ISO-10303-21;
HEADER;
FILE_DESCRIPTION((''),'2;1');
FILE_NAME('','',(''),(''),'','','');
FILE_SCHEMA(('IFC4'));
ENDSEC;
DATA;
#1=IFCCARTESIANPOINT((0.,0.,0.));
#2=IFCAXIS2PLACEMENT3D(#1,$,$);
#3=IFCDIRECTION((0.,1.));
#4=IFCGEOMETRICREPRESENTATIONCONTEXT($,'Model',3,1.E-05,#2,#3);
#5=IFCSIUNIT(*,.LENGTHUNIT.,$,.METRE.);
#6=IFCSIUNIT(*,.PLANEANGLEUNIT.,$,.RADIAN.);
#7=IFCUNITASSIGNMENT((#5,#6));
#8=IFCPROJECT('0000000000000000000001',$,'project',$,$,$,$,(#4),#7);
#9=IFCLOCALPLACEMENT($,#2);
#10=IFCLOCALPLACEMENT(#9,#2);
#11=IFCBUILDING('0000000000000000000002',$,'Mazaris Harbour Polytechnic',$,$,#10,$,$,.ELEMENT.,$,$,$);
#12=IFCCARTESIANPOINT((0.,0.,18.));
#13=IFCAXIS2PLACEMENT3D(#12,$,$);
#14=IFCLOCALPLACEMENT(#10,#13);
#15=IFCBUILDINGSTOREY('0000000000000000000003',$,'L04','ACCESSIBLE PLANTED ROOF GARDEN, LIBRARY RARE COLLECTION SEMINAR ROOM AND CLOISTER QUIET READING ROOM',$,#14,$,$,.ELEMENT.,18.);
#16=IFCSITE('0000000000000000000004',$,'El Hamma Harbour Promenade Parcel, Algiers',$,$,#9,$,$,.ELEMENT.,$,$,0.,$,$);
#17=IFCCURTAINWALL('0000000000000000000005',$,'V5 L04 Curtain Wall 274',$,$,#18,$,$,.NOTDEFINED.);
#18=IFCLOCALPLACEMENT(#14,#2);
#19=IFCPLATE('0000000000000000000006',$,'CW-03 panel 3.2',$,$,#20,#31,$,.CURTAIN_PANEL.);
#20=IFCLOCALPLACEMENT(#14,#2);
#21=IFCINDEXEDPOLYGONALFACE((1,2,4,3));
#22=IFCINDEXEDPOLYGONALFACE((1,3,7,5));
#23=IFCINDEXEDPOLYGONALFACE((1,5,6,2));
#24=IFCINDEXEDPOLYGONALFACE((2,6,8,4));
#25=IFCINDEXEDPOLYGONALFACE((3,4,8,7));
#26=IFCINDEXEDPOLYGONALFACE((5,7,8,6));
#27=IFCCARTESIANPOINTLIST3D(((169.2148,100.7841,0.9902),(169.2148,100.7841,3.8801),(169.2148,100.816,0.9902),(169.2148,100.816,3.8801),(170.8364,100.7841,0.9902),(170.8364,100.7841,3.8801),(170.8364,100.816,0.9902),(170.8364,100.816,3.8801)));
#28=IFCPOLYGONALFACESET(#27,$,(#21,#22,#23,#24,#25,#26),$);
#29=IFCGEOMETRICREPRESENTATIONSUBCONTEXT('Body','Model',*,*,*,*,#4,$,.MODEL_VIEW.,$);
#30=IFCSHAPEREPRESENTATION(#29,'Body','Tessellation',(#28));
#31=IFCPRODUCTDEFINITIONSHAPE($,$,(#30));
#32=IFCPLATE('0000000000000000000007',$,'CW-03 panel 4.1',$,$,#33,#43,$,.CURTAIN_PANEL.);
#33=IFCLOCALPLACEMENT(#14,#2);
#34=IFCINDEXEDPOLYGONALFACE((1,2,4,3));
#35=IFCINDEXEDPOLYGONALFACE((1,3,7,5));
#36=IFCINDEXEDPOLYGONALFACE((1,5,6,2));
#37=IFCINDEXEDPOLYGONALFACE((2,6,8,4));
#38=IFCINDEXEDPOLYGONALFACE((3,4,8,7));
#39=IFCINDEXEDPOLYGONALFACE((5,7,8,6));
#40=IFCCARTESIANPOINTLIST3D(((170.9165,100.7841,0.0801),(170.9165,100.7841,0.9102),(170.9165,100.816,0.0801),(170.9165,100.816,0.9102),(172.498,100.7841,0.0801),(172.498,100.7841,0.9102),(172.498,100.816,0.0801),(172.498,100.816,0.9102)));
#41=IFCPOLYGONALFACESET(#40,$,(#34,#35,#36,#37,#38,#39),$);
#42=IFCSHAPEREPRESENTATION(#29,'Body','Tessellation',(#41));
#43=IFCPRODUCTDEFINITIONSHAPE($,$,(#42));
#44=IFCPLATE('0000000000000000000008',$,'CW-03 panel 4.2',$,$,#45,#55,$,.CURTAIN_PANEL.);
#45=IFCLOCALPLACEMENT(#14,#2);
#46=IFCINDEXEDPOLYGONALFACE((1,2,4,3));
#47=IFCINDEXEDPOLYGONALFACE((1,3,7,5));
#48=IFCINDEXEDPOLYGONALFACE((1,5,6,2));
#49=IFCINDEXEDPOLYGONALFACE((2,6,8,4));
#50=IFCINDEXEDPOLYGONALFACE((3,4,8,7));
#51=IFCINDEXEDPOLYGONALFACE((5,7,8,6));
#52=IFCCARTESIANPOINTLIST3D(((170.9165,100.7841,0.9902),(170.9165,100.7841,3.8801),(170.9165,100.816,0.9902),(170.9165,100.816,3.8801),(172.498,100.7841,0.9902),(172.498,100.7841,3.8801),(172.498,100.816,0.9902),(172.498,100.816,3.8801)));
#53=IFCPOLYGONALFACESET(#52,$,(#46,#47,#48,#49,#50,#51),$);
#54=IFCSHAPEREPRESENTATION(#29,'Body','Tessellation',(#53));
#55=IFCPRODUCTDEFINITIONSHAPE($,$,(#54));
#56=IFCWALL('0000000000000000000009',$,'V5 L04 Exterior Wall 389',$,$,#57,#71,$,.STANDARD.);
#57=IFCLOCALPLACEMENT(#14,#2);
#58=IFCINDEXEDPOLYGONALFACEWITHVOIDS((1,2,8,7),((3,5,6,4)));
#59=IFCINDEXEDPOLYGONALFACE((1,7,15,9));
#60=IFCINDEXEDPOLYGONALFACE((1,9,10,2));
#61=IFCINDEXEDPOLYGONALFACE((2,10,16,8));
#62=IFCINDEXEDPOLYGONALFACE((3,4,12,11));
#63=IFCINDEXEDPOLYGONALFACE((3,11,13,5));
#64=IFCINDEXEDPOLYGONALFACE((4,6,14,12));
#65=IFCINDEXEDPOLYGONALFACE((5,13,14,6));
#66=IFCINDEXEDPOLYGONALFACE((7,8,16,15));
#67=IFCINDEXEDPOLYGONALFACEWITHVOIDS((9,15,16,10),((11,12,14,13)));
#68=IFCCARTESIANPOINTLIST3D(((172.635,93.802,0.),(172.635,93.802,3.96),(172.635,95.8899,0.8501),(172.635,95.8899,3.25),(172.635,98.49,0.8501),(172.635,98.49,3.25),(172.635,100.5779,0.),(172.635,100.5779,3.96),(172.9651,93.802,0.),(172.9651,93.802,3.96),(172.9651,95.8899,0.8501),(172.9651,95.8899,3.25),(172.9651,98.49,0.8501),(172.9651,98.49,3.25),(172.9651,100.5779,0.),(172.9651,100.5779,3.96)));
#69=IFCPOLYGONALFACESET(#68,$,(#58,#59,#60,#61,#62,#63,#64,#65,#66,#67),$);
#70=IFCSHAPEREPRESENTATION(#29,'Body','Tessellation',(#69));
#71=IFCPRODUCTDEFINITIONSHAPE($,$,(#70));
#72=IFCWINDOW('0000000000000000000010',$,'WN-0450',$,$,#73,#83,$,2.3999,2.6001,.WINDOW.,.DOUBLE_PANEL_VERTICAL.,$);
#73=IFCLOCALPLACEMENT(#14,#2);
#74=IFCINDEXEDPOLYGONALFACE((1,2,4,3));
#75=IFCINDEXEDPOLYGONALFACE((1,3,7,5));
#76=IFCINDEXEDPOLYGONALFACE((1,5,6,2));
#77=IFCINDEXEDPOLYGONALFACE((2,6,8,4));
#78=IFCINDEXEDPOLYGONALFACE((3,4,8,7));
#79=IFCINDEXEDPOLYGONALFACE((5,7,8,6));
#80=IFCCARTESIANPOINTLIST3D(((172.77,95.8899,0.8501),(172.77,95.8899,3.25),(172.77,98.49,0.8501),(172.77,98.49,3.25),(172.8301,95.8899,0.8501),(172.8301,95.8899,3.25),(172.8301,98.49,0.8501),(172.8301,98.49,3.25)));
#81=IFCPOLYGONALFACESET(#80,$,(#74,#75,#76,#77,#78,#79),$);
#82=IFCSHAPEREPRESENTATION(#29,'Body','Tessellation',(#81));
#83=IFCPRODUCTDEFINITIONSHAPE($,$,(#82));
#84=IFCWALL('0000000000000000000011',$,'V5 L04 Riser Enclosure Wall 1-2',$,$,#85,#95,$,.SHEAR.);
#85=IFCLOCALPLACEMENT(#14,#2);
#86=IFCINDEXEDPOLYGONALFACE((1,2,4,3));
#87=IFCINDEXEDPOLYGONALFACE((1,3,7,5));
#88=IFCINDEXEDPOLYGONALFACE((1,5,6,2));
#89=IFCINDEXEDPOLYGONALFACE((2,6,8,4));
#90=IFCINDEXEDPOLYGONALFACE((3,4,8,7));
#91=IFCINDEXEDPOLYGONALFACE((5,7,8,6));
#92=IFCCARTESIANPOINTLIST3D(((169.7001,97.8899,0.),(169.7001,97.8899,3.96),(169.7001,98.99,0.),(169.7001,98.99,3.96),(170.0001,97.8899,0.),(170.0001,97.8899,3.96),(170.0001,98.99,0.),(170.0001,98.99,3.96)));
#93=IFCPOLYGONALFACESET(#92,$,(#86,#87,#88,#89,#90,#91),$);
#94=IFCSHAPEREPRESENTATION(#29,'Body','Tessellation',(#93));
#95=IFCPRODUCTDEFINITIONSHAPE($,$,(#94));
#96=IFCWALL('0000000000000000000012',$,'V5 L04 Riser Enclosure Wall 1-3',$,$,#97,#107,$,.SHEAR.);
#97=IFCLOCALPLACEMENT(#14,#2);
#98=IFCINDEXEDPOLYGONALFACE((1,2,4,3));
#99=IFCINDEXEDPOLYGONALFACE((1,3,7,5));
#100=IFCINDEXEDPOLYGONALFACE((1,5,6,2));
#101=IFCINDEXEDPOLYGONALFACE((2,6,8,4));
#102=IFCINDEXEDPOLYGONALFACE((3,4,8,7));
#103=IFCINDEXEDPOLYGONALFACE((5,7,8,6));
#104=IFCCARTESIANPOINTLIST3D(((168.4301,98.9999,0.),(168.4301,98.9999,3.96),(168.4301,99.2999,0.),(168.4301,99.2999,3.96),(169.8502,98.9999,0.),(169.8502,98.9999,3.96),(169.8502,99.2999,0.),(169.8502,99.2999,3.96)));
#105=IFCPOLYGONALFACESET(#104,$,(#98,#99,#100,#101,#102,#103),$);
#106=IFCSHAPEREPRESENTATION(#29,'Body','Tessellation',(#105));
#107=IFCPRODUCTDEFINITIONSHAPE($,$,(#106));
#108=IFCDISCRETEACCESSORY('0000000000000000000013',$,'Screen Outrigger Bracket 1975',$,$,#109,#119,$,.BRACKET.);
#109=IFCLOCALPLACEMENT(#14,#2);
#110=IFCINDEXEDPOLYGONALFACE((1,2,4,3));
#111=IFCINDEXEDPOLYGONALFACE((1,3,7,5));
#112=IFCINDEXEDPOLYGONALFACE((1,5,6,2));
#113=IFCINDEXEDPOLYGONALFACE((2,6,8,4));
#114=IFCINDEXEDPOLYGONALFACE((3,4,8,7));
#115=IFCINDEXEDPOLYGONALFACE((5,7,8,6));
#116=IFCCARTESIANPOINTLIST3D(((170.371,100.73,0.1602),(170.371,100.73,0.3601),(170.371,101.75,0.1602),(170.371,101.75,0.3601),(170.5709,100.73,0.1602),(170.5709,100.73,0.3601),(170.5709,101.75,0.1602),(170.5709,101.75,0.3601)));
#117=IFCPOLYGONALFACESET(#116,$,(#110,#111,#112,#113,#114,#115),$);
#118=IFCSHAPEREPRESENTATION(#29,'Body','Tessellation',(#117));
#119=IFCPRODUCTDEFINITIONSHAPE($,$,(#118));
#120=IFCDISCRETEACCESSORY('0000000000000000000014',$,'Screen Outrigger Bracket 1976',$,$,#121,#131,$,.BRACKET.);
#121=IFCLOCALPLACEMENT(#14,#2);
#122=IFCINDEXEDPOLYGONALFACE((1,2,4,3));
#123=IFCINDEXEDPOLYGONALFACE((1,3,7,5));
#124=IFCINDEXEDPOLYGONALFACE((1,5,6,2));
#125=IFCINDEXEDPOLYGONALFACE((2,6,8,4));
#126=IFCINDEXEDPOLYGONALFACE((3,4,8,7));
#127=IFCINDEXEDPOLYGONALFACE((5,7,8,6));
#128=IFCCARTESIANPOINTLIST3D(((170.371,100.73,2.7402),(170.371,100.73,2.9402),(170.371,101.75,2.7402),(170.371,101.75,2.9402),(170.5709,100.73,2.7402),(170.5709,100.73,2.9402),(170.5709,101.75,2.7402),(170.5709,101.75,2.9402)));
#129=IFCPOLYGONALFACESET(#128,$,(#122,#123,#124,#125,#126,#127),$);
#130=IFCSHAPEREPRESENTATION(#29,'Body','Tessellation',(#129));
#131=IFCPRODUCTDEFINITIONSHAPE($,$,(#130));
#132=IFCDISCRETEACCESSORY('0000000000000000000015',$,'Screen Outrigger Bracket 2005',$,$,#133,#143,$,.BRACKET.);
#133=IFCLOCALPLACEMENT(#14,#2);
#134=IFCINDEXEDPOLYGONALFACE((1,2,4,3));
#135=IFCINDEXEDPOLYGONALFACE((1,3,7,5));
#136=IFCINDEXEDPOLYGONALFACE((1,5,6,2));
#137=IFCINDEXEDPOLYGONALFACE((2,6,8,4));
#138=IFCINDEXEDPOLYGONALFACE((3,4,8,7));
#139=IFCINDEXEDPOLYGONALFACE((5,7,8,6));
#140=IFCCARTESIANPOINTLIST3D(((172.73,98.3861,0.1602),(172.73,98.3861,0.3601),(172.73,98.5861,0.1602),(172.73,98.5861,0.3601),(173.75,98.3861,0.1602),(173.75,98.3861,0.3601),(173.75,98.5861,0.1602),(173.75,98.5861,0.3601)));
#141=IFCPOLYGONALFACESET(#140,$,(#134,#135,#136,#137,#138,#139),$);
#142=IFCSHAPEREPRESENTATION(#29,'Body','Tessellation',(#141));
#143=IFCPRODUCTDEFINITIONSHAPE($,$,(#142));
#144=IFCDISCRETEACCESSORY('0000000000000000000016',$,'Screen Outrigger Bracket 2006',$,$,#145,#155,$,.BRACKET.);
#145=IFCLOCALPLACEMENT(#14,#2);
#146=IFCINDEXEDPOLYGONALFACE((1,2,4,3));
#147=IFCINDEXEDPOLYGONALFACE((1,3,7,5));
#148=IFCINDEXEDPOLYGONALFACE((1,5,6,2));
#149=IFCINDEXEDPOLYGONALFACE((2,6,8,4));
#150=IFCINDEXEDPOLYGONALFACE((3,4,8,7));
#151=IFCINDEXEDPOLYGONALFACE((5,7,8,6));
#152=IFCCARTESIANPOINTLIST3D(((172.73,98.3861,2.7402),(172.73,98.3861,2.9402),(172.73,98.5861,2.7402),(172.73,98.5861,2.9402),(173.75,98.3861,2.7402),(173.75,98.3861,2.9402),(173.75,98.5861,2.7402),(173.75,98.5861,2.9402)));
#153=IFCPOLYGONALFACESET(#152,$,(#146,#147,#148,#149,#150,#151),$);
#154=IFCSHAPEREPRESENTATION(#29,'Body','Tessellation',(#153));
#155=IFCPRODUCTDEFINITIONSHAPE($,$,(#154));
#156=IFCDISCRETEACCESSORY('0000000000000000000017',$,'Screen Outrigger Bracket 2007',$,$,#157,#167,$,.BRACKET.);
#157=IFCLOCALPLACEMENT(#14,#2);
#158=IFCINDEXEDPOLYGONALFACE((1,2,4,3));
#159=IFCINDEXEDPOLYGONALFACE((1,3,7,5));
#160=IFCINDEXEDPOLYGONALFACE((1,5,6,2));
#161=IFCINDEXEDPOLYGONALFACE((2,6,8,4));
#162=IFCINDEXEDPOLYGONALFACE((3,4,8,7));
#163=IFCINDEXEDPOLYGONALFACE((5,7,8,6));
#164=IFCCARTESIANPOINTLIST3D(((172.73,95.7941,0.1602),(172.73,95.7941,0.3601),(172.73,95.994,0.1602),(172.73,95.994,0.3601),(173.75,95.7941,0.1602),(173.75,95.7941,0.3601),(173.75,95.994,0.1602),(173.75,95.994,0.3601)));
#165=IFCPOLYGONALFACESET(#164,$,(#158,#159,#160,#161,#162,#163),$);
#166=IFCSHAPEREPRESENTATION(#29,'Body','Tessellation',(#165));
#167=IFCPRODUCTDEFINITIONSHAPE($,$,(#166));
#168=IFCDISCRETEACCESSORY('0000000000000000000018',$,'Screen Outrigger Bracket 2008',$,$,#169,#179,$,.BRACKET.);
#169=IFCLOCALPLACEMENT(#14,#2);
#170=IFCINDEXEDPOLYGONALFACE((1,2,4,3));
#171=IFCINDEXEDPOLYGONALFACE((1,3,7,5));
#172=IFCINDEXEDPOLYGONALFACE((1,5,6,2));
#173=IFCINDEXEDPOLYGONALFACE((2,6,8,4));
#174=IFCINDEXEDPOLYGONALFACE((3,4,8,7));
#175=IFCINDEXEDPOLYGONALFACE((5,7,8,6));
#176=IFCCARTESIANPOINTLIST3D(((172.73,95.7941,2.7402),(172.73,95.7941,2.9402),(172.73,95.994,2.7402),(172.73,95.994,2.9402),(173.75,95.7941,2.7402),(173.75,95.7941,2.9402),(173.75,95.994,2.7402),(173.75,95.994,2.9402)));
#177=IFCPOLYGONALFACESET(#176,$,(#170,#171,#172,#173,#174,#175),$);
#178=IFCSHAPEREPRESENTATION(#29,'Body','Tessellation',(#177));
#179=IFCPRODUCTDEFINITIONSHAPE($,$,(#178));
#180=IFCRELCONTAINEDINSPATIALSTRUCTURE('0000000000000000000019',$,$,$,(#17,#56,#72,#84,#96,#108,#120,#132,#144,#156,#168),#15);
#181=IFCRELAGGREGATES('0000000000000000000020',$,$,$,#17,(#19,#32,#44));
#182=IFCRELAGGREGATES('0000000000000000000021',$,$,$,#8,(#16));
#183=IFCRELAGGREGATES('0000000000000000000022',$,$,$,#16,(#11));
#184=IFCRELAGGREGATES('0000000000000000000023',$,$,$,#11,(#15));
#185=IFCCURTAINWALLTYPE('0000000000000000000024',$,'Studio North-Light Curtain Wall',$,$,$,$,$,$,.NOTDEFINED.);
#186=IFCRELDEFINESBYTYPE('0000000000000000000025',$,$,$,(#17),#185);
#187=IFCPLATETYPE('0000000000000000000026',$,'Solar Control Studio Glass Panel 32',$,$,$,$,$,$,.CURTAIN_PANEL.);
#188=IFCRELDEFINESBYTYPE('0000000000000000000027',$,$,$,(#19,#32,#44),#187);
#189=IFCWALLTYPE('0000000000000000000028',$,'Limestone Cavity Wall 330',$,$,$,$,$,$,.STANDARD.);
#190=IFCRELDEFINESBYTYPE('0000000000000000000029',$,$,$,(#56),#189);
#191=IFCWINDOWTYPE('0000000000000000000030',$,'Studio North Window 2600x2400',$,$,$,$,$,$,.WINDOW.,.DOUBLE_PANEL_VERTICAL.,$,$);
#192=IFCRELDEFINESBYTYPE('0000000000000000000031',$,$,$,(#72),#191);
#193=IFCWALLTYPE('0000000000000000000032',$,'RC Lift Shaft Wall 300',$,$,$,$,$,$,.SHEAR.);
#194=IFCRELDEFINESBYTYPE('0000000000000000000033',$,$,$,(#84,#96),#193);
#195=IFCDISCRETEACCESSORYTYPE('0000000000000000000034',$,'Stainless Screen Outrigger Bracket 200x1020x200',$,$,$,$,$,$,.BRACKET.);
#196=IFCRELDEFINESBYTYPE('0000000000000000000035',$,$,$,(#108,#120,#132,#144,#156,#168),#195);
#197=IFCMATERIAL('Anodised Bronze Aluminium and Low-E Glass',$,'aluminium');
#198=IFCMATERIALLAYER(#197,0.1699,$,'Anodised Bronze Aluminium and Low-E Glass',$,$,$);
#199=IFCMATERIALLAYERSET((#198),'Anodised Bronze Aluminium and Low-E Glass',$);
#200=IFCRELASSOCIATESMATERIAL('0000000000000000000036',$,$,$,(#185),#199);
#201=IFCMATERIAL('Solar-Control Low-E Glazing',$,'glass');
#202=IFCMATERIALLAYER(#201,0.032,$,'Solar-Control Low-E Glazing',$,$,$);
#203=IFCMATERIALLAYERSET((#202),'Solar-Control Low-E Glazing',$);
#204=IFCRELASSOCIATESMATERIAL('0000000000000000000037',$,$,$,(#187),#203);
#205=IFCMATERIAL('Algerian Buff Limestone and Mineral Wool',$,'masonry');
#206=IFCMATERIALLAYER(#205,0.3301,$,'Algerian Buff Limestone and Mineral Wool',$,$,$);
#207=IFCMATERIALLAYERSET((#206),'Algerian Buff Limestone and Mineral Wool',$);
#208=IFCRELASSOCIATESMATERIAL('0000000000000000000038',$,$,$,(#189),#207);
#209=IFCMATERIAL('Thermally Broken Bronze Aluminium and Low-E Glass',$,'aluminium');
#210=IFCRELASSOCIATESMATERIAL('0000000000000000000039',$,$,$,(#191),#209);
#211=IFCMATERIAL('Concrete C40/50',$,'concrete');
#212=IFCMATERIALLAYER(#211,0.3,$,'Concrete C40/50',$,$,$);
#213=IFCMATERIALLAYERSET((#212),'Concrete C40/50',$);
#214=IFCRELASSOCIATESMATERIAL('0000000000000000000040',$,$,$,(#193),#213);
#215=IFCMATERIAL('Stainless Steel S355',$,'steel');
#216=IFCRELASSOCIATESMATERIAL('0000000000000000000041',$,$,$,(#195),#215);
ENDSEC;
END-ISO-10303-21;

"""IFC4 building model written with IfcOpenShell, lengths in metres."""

from ifc_helpers import new_model, si_unit, direction, frame, frame_2d, origin, origin_2d, place, context, subcontext, project, spatial, rectangle, extrude, material, layer, layer_set, type_object, element, fill, aggregate, save


model = new_model("IFC4")

# Units and contexts
model_context = context("Model", 3, precision=1e-05, world=origin(), true_north=direction((0.0, 1.0)))
body_context = subcontext(model_context, "Body", "Model", "MODEL_VIEW")
ifc_project = project(units=[si_unit("LENGTHUNIT", "METRE"), si_unit("PLANEANGLEUNIT", "RADIAN")], contexts=[model_context])

# Site, building, storey
site_placement = place(None, origin())
site = spatial("IfcSite", under=ifc_project, at=site_placement, Name="El Hamma Harbour Promenade Parcel, Algiers", CompositionType="ELEMENT", RefElevation=0.0)
building_placement = place(site_placement, origin())
building = spatial("IfcBuilding", under=site, at=building_placement, Name="Mazaris Harbour Polytechnic", CompositionType="ELEMENT")
storey_placement = place(building_placement, frame((0.0, 0.0, 18.0)))
storey = spatial("IfcBuildingStorey", under=building, at=storey_placement, Name="L04", Description="ACCESSIBLE PLANTED ROOF GARDEN, LIBRARY RARE COLLECTION SEMINAR ROOM AND CLOISTER QUIET READING ROOM", CompositionType="ELEMENT", Elevation=18.0)

# Curtain wall, plates
ifc_material_1 = material(Name="Anodised Bronze Aluminium and Low-E Glass", Category="aluminium")
ifc_layer_1 = layer(ifc_material_1, 0.1699, Name="Anodised Bronze Aluminium and Low-E Glass")
ifc_layer_set_1 = layer_set([ifc_layer_1], Name="Anodised Bronze Aluminium and Low-E Glass")
curtain_wall_type = type_object("IfcCurtainWallType", Name="Studio North-Light Curtain Wall", PredefinedType="NOTDEFINED", material=ifc_layer_set_1)
curtain_wall_placement = place(storey_placement, origin())
curtain_wall = element("IfcCurtainWall", 1, at=curtain_wall_placement, inside=storey, type_object=curtain_wall_type, Name="V5 L04 Curtain Wall 274", PredefinedType="NOTDEFINED")
ifc_material_2 = material(Name="Solar-Control Low-E Glazing", Category="glass")
ifc_layer_2 = layer(ifc_material_2, 0.032, Name="Solar-Control Low-E Glazing")
ifc_layer_set_2 = layer_set([ifc_layer_2], Name="Solar-Control Low-E Glazing")
plate_type = type_object("IfcPlateType", Name="Solar Control Studio Glass Panel 32", PredefinedType="CURTAIN_PANEL", material=ifc_layer_set_2)
plate_1_placement = place(storey_placement, frame((170.0256, 100.8, 0.9902), z_axis=(0.0, 0.0, 1.0), x_axis=(1.0, 0.0, 0.0)))
plate_1 = element("IfcPlate", 2, at=plate_1_placement, type_object=plate_type, Name="CW-03 panel 3.2", PredefinedType="CURTAIN_PANEL", context=body_context, shape_type="SweptSolid", body=[
    extrude(rectangle(XDim=1.6216, YDim=0.032, at=origin_2d()), origin(), (0.0, 0.0, 1.0), 2.8899),
])
plate_2_placement = place(storey_placement, frame((171.7073, 100.8, 0.0801), z_axis=(0.0, 0.0, 1.0), x_axis=(1.0, 0.0, 0.0)))
plate_2 = element("IfcPlate", 3, at=plate_2_placement, type_object=plate_type, Name="CW-03 panel 4.1", PredefinedType="CURTAIN_PANEL", context=body_context, shape_type="SweptSolid", body=[
    extrude(rectangle(XDim=1.5815, YDim=0.032, at=origin_2d()), origin(), (0.0, 0.0, 1.0), 0.8301),
])
plate_3_placement = place(storey_placement, frame((171.7073, 100.8, 0.9902), z_axis=(0.0, 0.0, 1.0), x_axis=(1.0, 0.0, 0.0)))
plate_3 = element("IfcPlate", 4, at=plate_3_placement, type_object=plate_type, Name="CW-03 panel 4.2", PredefinedType="CURTAIN_PANEL", context=body_context, shape_type="SweptSolid", body=[
    extrude(rectangle(XDim=1.5815, YDim=0.032, at=origin_2d()), origin(), (0.0, 0.0, 1.0), 2.8899),
])
aggregate(curtain_wall, [plate_1, plate_2, plate_3])

# Wall, opening, window
ifc_material_3 = material(Name="Algerian Buff Limestone and Mineral Wool", Category="masonry")
ifc_layer_3 = layer(ifc_material_3, 0.3301, Name="Algerian Buff Limestone and Mineral Wool")
ifc_layer_set_3 = layer_set([ifc_layer_3], Name="Algerian Buff Limestone and Mineral Wool")
wall_type_1 = type_object("IfcWallType", Name="Limestone Cavity Wall 330", PredefinedType="STANDARD", material=ifc_layer_set_3)
wall_1_placement = place(storey_placement, frame((172.8, 100.5779, 0.0), z_axis=(0.0, 0.0, 1.0), x_axis=(0.0, -1.0, 0.0)))
wall_1 = element("IfcWall", 5, at=wall_1_placement, inside=storey, type_object=wall_type_1, Name="V5 L04 Exterior Wall 389", PredefinedType="STANDARD", context=body_context, shape_type="SweptSolid", body=[
    extrude(rectangle(XDim=6.7759, YDim=0.3301, at=frame_2d((3.3879, 0.0))), origin(), (0.0, 0.0, 1.0), 3.96),
])
opening_placement = place(wall_1_placement, frame((2.0879, 0.0, 0.8501)))
opening = element("IfcOpeningElement", 6, at=opening_placement, cuts=wall_1, PredefinedType="OPENING", context=body_context, shape_type="SweptSolid", body=[
    extrude(rectangle(XDim=2.6001, YDim=2.3999, at=frame_2d((1.3, 1.2))), frame((0.0, 0.175, 0.0), z_axis=(0.0, -1.0, 0.0), x_axis=(1.0, 0.0, 0.0)), (0.0, 0.0, 1.0), 0.3501),
])
ifc_material_4 = material(Name="Thermally Broken Bronze Aluminium and Low-E Glass", Category="aluminium")
window_type = type_object("IfcWindowType", Name="Studio North Window 2600x2400", PartitioningType="DOUBLE_PANEL_VERTICAL", PredefinedType="WINDOW", material=ifc_material_4)
window_placement = place(opening_placement, origin())
window = element("IfcWindow", 7, at=window_placement, inside=storey, type_object=window_type, Name="WN-0450", OverallHeight=2.3999, OverallWidth=2.6001, PartitioningType="DOUBLE_PANEL_VERTICAL", PredefinedType="WINDOW", context=body_context, shape_type="SweptSolid", body=[
    extrude(rectangle(XDim=2.6001, YDim=2.3999, at=frame_2d((1.3, 1.2))), frame((0.0, 0.03, 0.0), z_axis=(0.0, -1.0, 0.0), x_axis=(1.0, 0.0, 0.0)), (0.0, 0.0, 1.0), 0.0601),
])
fill(opening, window)

# Walls
ifc_material_5 = material(Name="Concrete C40/50", Category="concrete")
ifc_layer_4 = layer(ifc_material_5, 0.3, Name="Concrete C40/50")
ifc_layer_set_4 = layer_set([ifc_layer_4], Name="Concrete C40/50")
wall_type_2 = type_object("IfcWallType", Name="RC Lift Shaft Wall 300", PredefinedType="SHEAR", material=ifc_layer_set_4)
wall_2_placement = place(storey_placement, frame((169.8501, 97.8899, 0.0), z_axis=(0.0, 0.0, 1.0), x_axis=(0.0, 1.0, 0.0)))
element("IfcWall", 8, at=wall_2_placement, inside=storey, type_object=wall_type_2, Name="V5 L04 Riser Enclosure Wall 1-2", PredefinedType="SHEAR", context=body_context, shape_type="SweptSolid", body=[
    extrude(rectangle(XDim=1.1001, YDim=0.3, at=frame_2d((0.55, 0.0))), origin(), (0.0, 0.0, 1.0), 3.96),
])
wall_3_placement = place(storey_placement, frame((169.8501, 99.1499, 0.0), z_axis=(0.0, 0.0, 1.0), x_axis=(-1.0, 0.0, 0.0)))
element("IfcWall", 9, at=wall_3_placement, inside=storey, type_object=wall_type_2, Name="V5 L04 Riser Enclosure Wall 1-3", PredefinedType="SHEAR", context=body_context, shape_type="SweptSolid", body=[
    extrude(rectangle(XDim=1.4202, YDim=0.3, at=frame_2d((0.71, 0.0))), origin(), (0.0, 0.0, 1.0), 3.96),
])

# Discrete accessories
ifc_material_6 = material(Name="Stainless Steel S355", Category="steel")
discrete_accessory_type = type_object("IfcDiscreteAccessoryType", Name="Stainless Screen Outrigger Bracket 200x1020x200", PredefinedType="BRACKET", material=ifc_material_6)
for number, where, z_axis, x_axis, name in (
    (10, (170.4709, 101.24, 0.1602), (0.0, 0.0, 1.0), (1.0, 0.0, 0.0), "Screen Outrigger Bracket 1975"),
    (11, (170.4709, 101.24, 2.7402), (0.0, 0.0, 1.0), (1.0, 0.0, 0.0), "Screen Outrigger Bracket 1976"),
    (12, (173.24, 98.4861, 0.1602), (0.0, 0.0, 1.0), (0.0, -1.0, 0.0), "Screen Outrigger Bracket 2005"),
    (13, (173.24, 98.4861, 2.7402), (0.0, 0.0, 1.0), (0.0, -1.0, 0.0), "Screen Outrigger Bracket 2006"),
    (14, (173.24, 95.894, 0.1602), (0.0, 0.0, 1.0), (0.0, -1.0, 0.0), "Screen Outrigger Bracket 2007"),
    (15, (173.24, 95.894, 2.7402), (0.0, 0.0, 1.0), (0.0, -1.0, 0.0), "Screen Outrigger Bracket 2008"),
):
    element("IfcDiscreteAccessory", number, at=place(storey_placement, frame(where, z_axis=z_axis, x_axis=x_axis)), inside=storey, type_object=discrete_accessory_type, Name=name, PredefinedType="BRACKET", context=body_context, shape_type="SweptSolid", body=[
        extrude(rectangle(XDim=0.2, YDim=1.02, at=origin_2d()), origin(), (0.0, 0.0, 1.0), 0.2),
    ])

save(model, "model.ifc")
